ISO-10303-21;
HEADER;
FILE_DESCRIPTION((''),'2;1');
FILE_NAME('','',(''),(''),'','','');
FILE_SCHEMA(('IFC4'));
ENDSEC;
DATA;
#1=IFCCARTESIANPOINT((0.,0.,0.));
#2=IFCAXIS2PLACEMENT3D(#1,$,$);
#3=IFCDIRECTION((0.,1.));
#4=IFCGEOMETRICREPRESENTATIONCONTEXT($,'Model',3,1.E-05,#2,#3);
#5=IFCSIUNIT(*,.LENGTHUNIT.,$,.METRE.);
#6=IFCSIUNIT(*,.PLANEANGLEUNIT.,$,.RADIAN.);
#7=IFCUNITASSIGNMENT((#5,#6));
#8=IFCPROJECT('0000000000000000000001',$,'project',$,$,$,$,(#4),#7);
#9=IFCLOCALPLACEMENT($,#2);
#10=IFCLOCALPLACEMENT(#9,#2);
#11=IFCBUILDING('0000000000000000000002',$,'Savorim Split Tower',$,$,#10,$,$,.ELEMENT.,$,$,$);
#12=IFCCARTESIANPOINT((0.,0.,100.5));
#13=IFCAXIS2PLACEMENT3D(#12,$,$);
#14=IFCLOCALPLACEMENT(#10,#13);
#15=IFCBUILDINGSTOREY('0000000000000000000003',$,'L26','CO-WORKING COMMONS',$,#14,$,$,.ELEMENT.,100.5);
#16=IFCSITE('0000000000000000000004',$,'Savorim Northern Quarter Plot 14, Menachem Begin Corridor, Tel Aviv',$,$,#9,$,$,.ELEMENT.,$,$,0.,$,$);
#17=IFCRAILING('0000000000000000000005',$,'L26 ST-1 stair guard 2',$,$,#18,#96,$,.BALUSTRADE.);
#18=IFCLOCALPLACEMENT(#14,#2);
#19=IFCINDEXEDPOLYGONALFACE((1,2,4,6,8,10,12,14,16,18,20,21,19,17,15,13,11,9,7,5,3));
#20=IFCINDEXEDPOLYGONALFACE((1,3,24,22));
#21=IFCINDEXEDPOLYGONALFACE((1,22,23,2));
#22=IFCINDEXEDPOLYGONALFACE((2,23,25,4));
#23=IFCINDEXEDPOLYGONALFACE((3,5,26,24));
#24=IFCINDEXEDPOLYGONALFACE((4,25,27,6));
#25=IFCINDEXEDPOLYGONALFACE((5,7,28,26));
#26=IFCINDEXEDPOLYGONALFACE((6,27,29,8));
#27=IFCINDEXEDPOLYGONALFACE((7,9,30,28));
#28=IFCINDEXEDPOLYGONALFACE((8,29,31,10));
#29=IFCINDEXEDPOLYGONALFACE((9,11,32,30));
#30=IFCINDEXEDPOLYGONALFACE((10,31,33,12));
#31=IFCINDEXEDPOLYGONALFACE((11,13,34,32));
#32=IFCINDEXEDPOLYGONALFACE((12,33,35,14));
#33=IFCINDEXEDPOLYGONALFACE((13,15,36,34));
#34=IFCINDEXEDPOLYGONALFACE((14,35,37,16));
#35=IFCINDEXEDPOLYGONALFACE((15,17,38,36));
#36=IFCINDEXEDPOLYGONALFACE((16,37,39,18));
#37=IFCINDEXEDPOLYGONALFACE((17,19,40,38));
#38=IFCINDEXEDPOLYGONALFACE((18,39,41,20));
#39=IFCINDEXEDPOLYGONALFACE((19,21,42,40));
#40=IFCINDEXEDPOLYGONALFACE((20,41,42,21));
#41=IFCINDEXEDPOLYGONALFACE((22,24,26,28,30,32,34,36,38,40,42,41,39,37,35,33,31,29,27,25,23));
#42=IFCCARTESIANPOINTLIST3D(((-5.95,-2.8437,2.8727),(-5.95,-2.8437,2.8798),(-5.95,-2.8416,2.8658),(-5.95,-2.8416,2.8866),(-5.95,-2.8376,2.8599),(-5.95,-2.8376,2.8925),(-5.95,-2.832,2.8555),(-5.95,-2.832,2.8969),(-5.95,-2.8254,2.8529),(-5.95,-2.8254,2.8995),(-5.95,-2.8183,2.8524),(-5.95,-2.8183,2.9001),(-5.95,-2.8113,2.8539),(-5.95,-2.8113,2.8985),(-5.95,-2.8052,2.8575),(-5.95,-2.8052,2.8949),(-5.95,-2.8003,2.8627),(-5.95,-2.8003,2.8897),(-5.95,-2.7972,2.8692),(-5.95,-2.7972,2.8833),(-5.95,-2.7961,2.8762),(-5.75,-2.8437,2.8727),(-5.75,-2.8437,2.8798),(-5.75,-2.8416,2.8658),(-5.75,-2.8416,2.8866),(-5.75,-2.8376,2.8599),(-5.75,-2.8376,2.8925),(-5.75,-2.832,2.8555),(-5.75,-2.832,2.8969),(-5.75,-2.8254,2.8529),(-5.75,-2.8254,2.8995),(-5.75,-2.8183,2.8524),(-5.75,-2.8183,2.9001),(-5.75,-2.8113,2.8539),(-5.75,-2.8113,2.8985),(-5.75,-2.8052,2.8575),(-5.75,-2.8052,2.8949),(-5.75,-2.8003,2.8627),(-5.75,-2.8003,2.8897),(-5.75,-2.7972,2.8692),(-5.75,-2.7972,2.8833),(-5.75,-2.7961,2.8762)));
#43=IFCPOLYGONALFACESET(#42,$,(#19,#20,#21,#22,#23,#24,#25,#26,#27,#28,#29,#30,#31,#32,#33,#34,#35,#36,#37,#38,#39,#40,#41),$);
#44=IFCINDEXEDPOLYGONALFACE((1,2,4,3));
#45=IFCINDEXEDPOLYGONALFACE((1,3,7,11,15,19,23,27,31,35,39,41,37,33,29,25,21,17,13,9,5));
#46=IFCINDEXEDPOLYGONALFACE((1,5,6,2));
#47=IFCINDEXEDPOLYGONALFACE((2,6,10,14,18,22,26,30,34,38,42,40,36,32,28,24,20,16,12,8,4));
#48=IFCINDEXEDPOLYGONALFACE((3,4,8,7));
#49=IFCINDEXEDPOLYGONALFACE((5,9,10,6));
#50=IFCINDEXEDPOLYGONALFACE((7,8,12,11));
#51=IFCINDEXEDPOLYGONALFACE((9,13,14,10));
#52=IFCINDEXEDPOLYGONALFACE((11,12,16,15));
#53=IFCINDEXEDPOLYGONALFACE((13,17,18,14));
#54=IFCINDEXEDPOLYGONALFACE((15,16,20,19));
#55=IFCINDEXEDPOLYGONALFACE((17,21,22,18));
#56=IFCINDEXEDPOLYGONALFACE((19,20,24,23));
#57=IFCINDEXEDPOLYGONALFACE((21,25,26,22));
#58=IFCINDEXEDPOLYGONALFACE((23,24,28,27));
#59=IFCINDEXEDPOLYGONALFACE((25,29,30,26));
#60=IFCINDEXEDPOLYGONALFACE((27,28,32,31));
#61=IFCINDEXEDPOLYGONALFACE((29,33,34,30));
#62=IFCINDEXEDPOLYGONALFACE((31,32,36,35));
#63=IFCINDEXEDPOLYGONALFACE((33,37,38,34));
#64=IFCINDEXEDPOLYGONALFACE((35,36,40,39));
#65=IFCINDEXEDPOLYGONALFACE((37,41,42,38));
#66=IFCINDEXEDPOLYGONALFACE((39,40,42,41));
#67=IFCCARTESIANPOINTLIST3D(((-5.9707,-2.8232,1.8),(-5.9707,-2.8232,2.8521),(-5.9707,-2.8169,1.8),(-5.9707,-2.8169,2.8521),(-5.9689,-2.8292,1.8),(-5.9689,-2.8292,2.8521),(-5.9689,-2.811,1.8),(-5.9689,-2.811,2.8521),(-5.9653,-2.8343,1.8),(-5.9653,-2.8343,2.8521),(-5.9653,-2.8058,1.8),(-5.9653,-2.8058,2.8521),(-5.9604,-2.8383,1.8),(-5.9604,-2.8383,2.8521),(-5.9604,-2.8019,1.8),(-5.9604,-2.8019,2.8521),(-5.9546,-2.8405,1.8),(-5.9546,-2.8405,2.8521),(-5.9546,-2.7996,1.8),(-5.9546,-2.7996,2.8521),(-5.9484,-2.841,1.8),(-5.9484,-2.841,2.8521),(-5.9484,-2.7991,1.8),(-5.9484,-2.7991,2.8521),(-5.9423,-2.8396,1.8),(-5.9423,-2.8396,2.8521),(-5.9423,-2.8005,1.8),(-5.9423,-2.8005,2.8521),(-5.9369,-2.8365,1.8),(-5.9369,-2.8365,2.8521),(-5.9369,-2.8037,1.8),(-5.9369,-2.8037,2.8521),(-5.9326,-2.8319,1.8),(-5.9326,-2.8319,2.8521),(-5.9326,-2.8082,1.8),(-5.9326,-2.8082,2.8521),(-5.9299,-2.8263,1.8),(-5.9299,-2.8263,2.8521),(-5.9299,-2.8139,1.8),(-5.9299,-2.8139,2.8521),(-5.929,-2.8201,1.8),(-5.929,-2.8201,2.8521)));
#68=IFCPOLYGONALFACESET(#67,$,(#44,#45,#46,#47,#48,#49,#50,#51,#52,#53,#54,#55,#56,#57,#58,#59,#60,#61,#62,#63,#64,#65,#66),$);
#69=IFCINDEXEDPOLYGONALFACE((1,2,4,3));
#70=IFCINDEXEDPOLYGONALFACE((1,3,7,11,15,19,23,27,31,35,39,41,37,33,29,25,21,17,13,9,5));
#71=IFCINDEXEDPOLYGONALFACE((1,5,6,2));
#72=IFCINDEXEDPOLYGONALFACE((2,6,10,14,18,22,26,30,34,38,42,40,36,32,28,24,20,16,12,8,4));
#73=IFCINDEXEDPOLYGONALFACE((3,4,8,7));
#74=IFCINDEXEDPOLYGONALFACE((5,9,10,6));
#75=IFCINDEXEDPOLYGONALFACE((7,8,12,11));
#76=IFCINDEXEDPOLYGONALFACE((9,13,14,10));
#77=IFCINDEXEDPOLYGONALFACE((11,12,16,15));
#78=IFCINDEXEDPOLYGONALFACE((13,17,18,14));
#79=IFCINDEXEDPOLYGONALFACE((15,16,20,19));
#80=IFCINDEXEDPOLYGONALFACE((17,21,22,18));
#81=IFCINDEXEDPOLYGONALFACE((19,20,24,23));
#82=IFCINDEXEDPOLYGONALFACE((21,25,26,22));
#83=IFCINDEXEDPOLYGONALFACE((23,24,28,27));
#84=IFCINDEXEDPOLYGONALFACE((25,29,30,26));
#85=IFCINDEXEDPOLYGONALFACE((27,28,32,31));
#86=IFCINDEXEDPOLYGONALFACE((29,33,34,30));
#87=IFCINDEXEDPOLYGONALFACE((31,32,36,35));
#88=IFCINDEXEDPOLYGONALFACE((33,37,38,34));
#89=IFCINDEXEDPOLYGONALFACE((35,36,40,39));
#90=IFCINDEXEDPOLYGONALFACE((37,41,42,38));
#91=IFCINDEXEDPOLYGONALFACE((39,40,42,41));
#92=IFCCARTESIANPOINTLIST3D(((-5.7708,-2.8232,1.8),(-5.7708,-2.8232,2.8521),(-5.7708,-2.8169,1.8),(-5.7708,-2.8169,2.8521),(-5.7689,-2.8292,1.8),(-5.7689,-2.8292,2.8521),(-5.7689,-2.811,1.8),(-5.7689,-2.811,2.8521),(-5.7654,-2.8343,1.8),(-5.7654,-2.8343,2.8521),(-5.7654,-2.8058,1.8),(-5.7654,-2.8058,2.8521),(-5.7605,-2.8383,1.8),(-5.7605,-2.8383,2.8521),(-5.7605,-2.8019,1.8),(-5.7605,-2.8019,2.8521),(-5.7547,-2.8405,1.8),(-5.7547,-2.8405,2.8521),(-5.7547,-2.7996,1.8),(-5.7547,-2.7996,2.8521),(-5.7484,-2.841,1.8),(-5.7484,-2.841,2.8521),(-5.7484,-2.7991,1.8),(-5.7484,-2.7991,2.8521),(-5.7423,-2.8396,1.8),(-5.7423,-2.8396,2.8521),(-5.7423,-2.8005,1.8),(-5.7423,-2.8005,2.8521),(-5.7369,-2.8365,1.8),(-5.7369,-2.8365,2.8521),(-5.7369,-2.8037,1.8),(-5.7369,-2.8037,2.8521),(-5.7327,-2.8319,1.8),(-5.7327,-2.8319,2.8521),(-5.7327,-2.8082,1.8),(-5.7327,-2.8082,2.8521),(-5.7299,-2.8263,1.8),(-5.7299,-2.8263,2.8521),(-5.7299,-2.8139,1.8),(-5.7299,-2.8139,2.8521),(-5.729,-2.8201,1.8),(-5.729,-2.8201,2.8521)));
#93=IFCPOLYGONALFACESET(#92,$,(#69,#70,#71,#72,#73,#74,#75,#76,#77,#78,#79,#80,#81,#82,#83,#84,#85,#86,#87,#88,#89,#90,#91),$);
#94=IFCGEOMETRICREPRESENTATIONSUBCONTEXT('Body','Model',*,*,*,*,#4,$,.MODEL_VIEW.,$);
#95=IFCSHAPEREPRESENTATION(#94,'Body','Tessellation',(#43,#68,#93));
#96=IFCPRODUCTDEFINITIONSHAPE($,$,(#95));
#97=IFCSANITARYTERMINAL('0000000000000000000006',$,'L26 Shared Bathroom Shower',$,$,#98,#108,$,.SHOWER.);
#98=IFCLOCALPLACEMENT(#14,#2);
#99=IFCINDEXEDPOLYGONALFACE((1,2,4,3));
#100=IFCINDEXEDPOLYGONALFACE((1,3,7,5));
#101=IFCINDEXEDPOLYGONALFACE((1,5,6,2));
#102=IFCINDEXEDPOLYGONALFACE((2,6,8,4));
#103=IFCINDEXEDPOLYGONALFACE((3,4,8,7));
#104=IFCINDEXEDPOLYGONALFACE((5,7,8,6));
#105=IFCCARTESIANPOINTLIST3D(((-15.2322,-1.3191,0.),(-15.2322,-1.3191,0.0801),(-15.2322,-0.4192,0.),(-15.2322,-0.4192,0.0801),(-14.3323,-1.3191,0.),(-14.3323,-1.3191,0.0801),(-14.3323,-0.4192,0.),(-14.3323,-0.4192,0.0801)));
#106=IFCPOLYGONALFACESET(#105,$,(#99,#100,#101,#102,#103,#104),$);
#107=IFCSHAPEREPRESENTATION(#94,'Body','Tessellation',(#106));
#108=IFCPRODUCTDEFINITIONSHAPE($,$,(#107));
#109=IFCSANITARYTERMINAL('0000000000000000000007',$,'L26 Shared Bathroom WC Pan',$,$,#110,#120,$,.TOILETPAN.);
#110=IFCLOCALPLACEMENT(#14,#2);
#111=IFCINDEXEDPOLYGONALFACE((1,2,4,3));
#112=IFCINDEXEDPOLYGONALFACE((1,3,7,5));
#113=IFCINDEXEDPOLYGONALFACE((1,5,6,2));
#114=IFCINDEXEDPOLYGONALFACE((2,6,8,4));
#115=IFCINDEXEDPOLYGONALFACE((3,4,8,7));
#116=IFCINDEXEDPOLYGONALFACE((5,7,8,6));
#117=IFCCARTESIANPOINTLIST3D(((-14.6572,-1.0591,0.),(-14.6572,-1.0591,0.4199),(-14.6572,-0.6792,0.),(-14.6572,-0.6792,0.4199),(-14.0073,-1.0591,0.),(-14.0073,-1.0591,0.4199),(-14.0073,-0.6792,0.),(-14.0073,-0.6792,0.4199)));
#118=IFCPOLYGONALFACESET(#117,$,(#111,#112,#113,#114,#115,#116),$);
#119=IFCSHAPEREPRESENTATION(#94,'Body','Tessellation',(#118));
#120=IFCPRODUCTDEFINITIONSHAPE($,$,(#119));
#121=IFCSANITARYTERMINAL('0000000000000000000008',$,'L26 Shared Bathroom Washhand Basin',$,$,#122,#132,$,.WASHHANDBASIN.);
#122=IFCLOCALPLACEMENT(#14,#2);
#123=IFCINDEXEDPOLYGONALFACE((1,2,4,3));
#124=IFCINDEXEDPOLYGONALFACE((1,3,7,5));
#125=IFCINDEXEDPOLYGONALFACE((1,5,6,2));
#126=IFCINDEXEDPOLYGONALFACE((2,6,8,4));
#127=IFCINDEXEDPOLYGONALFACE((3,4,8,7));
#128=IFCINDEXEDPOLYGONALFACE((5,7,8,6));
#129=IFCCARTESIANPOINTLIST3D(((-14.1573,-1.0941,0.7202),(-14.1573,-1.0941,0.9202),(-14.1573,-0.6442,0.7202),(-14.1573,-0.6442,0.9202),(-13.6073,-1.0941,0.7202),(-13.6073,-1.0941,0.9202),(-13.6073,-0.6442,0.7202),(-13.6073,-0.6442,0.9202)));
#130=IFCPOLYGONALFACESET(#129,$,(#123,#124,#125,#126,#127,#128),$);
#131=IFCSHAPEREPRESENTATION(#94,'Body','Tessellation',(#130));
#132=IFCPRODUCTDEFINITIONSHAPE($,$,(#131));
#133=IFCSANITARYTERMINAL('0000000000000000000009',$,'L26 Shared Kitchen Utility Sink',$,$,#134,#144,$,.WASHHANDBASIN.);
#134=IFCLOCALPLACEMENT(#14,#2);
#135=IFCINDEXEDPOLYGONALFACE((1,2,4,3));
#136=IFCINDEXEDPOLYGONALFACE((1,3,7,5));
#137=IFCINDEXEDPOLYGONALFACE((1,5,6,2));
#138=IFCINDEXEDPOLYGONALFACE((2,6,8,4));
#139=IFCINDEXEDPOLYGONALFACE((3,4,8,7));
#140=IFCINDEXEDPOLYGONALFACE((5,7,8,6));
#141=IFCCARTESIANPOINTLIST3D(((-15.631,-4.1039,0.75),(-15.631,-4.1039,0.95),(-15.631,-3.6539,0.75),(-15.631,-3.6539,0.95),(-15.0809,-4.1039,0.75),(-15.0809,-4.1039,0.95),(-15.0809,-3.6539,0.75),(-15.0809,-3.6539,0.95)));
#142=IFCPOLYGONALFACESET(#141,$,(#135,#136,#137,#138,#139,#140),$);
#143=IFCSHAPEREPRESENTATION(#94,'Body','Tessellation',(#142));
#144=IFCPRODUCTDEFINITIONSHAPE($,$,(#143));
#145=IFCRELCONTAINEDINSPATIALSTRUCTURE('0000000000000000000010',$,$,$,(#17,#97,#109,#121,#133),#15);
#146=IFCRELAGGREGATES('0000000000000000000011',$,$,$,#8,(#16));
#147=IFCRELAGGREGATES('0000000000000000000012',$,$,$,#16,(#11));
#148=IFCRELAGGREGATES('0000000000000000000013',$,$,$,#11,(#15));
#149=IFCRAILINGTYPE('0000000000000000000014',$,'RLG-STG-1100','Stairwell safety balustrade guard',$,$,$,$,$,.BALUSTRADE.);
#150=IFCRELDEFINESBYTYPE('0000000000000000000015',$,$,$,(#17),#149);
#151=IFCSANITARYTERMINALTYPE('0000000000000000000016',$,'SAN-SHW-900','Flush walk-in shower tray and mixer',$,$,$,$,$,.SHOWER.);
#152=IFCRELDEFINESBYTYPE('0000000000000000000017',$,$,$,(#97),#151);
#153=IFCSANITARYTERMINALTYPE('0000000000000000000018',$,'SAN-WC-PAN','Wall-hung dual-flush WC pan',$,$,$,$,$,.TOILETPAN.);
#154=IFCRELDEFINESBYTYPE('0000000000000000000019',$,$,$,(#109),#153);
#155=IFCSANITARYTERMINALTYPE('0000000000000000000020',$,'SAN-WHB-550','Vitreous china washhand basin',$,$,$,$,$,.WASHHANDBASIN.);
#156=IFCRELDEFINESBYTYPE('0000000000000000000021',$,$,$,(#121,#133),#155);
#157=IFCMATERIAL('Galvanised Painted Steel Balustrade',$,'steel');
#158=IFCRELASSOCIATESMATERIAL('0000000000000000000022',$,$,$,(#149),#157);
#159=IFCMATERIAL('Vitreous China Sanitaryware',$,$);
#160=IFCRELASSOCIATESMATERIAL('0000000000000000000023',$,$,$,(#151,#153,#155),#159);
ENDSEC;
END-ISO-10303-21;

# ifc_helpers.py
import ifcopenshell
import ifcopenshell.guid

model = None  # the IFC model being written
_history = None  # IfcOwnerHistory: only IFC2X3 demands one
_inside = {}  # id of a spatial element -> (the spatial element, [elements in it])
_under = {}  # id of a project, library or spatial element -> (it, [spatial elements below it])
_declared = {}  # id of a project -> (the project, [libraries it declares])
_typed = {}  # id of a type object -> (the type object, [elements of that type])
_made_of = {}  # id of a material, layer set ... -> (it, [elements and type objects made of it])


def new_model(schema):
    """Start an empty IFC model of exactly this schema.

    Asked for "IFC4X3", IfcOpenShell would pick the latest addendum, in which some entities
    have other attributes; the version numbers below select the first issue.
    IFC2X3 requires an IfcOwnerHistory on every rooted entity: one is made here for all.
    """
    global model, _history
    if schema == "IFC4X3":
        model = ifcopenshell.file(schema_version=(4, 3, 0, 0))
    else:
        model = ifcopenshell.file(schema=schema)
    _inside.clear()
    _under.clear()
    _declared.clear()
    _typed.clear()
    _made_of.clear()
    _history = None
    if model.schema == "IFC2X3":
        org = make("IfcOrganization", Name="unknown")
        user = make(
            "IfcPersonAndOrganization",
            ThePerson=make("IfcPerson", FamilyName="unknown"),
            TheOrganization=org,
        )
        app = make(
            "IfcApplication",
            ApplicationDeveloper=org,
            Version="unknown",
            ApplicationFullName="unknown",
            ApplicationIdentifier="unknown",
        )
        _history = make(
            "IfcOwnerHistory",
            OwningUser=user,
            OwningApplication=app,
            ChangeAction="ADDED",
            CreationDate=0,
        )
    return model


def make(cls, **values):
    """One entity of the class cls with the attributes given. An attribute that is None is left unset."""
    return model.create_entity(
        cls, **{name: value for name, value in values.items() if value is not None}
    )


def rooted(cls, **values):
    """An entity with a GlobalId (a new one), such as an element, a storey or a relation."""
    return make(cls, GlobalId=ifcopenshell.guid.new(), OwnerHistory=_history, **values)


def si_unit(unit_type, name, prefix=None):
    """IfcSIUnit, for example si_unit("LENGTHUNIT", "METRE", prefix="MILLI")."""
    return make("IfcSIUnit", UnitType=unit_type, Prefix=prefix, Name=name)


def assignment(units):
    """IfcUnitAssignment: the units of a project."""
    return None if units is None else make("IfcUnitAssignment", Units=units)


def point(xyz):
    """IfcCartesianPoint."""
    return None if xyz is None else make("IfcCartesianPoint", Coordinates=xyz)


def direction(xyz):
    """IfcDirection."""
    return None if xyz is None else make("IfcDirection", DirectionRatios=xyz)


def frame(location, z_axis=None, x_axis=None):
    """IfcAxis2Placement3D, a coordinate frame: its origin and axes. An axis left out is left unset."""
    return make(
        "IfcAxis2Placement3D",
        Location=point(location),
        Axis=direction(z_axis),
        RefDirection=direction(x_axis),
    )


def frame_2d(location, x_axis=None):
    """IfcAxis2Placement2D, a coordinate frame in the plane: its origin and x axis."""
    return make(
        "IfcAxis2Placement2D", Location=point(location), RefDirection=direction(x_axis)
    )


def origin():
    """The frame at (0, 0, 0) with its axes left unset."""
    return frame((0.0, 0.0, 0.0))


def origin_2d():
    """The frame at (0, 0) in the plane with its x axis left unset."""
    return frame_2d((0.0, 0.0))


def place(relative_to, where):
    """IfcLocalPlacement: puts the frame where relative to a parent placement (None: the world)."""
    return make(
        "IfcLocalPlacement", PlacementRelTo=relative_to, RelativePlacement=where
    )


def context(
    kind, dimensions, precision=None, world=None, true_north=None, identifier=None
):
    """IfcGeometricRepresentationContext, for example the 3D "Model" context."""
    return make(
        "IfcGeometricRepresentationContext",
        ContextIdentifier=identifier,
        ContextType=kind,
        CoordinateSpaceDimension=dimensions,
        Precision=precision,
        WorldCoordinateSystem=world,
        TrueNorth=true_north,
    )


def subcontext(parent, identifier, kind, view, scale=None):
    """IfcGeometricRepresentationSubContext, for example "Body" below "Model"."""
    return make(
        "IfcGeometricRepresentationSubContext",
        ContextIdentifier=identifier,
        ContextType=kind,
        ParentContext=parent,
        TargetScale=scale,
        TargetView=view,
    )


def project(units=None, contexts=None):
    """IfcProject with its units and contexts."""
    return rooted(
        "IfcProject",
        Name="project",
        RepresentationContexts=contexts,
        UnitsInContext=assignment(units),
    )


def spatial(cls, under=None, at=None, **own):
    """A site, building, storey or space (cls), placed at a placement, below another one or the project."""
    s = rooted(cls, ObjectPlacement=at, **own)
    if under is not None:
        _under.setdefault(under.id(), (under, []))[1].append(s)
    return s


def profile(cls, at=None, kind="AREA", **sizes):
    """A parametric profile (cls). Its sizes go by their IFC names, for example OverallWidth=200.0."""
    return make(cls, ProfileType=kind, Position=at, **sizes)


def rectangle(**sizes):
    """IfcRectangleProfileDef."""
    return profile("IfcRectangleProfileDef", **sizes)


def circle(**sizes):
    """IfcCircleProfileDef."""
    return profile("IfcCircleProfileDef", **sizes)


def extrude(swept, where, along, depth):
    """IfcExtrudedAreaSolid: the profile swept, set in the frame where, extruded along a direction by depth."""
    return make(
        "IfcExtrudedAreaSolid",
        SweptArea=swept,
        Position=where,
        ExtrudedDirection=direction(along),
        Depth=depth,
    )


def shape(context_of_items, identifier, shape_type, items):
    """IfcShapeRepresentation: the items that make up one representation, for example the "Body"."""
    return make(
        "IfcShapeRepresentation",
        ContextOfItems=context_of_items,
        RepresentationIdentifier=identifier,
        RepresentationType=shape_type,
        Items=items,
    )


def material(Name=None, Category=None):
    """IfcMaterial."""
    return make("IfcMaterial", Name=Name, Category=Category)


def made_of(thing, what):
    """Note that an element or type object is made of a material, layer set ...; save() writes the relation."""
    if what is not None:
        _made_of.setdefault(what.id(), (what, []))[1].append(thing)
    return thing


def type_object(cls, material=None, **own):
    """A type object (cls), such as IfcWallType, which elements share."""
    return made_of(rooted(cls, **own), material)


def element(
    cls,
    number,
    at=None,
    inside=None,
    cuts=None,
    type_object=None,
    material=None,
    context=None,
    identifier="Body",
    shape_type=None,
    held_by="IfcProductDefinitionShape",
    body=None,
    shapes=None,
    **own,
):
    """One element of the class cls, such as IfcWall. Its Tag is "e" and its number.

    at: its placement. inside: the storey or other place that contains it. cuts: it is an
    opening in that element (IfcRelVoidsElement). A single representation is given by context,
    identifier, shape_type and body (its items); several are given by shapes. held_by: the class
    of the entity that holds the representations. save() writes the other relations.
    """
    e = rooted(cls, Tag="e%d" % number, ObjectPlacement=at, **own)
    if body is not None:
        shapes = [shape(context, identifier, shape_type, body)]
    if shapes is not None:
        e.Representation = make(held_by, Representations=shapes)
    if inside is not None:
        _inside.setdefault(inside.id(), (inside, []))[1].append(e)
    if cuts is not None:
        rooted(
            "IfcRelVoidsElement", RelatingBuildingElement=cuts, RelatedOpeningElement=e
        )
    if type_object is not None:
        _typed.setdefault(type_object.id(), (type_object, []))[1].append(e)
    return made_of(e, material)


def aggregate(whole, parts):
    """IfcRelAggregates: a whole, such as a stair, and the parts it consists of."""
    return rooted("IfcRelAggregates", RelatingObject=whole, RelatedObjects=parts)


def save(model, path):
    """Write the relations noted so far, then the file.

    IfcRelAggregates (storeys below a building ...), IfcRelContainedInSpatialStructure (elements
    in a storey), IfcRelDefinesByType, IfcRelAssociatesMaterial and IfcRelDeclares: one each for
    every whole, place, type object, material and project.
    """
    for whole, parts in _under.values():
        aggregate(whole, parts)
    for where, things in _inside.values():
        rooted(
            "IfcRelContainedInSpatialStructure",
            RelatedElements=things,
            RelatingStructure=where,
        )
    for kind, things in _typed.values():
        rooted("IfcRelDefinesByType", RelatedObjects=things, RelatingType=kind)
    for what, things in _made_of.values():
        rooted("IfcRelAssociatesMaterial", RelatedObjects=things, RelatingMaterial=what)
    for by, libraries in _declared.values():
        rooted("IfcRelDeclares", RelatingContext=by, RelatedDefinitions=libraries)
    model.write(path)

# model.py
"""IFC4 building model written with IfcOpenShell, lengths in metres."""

from ifc_helpers import new_model, si_unit, direction, frame, origin, origin_2d, place, context, subcontext, project, spatial, rectangle, circle, extrude, material, type_object, element, save


model = new_model("IFC4")

# Units and contexts
model_context = context("Model", 3, precision=1e-05, world=origin(), true_north=direction((0.0, 1.0)))
body_context = subcontext(model_context, "Body", "Model", "MODEL_VIEW")
ifc_project = project(units=[si_unit("LENGTHUNIT", "METRE"), si_unit("PLANEANGLEUNIT", "RADIAN")], contexts=[model_context])

# Site, building, storey
site_placement = place(None, origin())
site = spatial("IfcSite", under=ifc_project, at=site_placement, Name="Savorim Northern Quarter Plot 14, Menachem Begin Corridor, Tel Aviv", CompositionType="ELEMENT", RefElevation=0.0)
building_placement = place(site_placement, origin())
building = spatial("IfcBuilding", under=site, at=building_placement, Name="Savorim Split Tower", CompositionType="ELEMENT")
storey_placement = place(building_placement, frame((0.0, 0.0, 100.5)))
storey = spatial("IfcBuildingStorey", under=building, at=storey_placement, Name="L26", Description="CO-WORKING COMMONS", CompositionType="ELEMENT", Elevation=100.5)

# Railing
ifc_material_1 = material(Name="Galvanised Painted Steel Balustrade", Category="steel")
railing_type_1 = type_object("IfcRailingType", Name="RLG-STG-1100", Description="Stairwell safety balustrade guard", PredefinedType="BALUSTRADE", material=ifc_material_1)
railing_1_placement = place(storey_placement, frame((-5.95, -2.8201, 1.8)))
element("IfcRailing", 1, at=railing_1_placement, inside=storey, type_object=railing_type_1, Name="L26 ST-1 stair guard 2", PredefinedType="BALUSTRADE", context=body_context, shape_type="SweptSolid", body=[
    extrude(circle(Radius=0.0239, at=origin_2d()), frame((0.0, 0.0, 1.0762), z_axis=(1.0, 0.0, 0.0), x_axis=(0.0, 1.0, 0.0)), (0.0, 0.0, 1.0), 0.2),
    extrude(circle(Radius=0.021, at=origin_2d()), origin(), (0.0, 0.0, 1.0), 1.052),
    extrude(circle(Radius=0.021, at=origin_2d()), frame((0.2, 0.0, 0.0)), (0.0, 0.0, 1.0), 1.052),
])

# Sanitary terminals
ifc_material_2 = material(Name="Vitreous China Sanitaryware")
sanitary_terminal_type_1 = type_object("IfcSanitaryTerminalType", Name="SAN-SHW-900", Description="Flush walk-in shower tray and mixer", PredefinedType="SHOWER", material=ifc_material_2)
sanitary_terminal_1_placement = place(storey_placement, frame((-14.7822, -0.8691, 0.0), z_axis=(0.0, 0.0, 1.0), x_axis=(1.0, 0.0, 0.0)))
element("IfcSanitaryTerminal", 2, at=sanitary_terminal_1_placement, inside=storey, type_object=sanitary_terminal_type_1, Name="L26 Shared Bathroom Shower", PredefinedType="SHOWER", context=body_context, shape_type="SweptSolid", body=[
    extrude(rectangle(XDim=0.8999, YDim=0.8999, at=origin_2d()), origin(), (0.0, 0.0, 1.0), 0.0801),
])
sanitary_terminal_type_2 = type_object("IfcSanitaryTerminalType", Name="SAN-WC-PAN", Description="Wall-hung dual-flush WC pan", PredefinedType="TOILETPAN", material=ifc_material_2)
sanitary_terminal_2_placement = place(storey_placement, frame((-14.3323, -0.8691, 0.0), z_axis=(0.0, 0.0, 1.0), x_axis=(1.0, 0.0, 0.0)))
element("IfcSanitaryTerminal", 3, at=sanitary_terminal_2_placement, inside=storey, type_object=sanitary_terminal_type_2, Name="L26 Shared Bathroom WC Pan", PredefinedType="TOILETPAN", context=body_context, shape_type="SweptSolid", body=[
    extrude(rectangle(XDim=0.6499, YDim=0.3799, at=origin_2d()), origin(), (0.0, 0.0, 1.0), 0.4199),
])
sanitary_terminal_type_3 = type_object("IfcSanitaryTerminalType", Name="SAN-WHB-550", Description="Vitreous china washhand basin", PredefinedType="WASHHANDBASIN", material=ifc_material_2)
for number, where, z_axis, x_axis, name in (
    (4, (-13.8823, -0.8691, 0.7202), (0.0, 0.0, 1.0), (1.0, 0.0, 0.0), "L26 Shared Bathroom Washhand Basin"),
    (5, (-15.356, -3.8789, 0.75), (0.0, 0.0, 1.0), (1.0, 0.0, 0.0), "L26 Shared Kitchen Utility Sink"),
):
    element("IfcSanitaryTerminal", number, at=place(storey_placement, frame(where, z_axis=z_axis, x_axis=x_axis)), inside=storey, type_object=sanitary_terminal_type_3, Name=name, PredefinedType="WASHHANDBASIN", context=body_context, shape_type="SweptSolid", body=[
        extrude(rectangle(XDim=0.55, YDim=0.45, at=origin_2d()), origin(), (0.0, 0.0, 1.0), 0.2),
    ])

save(model, "model.ifc")
